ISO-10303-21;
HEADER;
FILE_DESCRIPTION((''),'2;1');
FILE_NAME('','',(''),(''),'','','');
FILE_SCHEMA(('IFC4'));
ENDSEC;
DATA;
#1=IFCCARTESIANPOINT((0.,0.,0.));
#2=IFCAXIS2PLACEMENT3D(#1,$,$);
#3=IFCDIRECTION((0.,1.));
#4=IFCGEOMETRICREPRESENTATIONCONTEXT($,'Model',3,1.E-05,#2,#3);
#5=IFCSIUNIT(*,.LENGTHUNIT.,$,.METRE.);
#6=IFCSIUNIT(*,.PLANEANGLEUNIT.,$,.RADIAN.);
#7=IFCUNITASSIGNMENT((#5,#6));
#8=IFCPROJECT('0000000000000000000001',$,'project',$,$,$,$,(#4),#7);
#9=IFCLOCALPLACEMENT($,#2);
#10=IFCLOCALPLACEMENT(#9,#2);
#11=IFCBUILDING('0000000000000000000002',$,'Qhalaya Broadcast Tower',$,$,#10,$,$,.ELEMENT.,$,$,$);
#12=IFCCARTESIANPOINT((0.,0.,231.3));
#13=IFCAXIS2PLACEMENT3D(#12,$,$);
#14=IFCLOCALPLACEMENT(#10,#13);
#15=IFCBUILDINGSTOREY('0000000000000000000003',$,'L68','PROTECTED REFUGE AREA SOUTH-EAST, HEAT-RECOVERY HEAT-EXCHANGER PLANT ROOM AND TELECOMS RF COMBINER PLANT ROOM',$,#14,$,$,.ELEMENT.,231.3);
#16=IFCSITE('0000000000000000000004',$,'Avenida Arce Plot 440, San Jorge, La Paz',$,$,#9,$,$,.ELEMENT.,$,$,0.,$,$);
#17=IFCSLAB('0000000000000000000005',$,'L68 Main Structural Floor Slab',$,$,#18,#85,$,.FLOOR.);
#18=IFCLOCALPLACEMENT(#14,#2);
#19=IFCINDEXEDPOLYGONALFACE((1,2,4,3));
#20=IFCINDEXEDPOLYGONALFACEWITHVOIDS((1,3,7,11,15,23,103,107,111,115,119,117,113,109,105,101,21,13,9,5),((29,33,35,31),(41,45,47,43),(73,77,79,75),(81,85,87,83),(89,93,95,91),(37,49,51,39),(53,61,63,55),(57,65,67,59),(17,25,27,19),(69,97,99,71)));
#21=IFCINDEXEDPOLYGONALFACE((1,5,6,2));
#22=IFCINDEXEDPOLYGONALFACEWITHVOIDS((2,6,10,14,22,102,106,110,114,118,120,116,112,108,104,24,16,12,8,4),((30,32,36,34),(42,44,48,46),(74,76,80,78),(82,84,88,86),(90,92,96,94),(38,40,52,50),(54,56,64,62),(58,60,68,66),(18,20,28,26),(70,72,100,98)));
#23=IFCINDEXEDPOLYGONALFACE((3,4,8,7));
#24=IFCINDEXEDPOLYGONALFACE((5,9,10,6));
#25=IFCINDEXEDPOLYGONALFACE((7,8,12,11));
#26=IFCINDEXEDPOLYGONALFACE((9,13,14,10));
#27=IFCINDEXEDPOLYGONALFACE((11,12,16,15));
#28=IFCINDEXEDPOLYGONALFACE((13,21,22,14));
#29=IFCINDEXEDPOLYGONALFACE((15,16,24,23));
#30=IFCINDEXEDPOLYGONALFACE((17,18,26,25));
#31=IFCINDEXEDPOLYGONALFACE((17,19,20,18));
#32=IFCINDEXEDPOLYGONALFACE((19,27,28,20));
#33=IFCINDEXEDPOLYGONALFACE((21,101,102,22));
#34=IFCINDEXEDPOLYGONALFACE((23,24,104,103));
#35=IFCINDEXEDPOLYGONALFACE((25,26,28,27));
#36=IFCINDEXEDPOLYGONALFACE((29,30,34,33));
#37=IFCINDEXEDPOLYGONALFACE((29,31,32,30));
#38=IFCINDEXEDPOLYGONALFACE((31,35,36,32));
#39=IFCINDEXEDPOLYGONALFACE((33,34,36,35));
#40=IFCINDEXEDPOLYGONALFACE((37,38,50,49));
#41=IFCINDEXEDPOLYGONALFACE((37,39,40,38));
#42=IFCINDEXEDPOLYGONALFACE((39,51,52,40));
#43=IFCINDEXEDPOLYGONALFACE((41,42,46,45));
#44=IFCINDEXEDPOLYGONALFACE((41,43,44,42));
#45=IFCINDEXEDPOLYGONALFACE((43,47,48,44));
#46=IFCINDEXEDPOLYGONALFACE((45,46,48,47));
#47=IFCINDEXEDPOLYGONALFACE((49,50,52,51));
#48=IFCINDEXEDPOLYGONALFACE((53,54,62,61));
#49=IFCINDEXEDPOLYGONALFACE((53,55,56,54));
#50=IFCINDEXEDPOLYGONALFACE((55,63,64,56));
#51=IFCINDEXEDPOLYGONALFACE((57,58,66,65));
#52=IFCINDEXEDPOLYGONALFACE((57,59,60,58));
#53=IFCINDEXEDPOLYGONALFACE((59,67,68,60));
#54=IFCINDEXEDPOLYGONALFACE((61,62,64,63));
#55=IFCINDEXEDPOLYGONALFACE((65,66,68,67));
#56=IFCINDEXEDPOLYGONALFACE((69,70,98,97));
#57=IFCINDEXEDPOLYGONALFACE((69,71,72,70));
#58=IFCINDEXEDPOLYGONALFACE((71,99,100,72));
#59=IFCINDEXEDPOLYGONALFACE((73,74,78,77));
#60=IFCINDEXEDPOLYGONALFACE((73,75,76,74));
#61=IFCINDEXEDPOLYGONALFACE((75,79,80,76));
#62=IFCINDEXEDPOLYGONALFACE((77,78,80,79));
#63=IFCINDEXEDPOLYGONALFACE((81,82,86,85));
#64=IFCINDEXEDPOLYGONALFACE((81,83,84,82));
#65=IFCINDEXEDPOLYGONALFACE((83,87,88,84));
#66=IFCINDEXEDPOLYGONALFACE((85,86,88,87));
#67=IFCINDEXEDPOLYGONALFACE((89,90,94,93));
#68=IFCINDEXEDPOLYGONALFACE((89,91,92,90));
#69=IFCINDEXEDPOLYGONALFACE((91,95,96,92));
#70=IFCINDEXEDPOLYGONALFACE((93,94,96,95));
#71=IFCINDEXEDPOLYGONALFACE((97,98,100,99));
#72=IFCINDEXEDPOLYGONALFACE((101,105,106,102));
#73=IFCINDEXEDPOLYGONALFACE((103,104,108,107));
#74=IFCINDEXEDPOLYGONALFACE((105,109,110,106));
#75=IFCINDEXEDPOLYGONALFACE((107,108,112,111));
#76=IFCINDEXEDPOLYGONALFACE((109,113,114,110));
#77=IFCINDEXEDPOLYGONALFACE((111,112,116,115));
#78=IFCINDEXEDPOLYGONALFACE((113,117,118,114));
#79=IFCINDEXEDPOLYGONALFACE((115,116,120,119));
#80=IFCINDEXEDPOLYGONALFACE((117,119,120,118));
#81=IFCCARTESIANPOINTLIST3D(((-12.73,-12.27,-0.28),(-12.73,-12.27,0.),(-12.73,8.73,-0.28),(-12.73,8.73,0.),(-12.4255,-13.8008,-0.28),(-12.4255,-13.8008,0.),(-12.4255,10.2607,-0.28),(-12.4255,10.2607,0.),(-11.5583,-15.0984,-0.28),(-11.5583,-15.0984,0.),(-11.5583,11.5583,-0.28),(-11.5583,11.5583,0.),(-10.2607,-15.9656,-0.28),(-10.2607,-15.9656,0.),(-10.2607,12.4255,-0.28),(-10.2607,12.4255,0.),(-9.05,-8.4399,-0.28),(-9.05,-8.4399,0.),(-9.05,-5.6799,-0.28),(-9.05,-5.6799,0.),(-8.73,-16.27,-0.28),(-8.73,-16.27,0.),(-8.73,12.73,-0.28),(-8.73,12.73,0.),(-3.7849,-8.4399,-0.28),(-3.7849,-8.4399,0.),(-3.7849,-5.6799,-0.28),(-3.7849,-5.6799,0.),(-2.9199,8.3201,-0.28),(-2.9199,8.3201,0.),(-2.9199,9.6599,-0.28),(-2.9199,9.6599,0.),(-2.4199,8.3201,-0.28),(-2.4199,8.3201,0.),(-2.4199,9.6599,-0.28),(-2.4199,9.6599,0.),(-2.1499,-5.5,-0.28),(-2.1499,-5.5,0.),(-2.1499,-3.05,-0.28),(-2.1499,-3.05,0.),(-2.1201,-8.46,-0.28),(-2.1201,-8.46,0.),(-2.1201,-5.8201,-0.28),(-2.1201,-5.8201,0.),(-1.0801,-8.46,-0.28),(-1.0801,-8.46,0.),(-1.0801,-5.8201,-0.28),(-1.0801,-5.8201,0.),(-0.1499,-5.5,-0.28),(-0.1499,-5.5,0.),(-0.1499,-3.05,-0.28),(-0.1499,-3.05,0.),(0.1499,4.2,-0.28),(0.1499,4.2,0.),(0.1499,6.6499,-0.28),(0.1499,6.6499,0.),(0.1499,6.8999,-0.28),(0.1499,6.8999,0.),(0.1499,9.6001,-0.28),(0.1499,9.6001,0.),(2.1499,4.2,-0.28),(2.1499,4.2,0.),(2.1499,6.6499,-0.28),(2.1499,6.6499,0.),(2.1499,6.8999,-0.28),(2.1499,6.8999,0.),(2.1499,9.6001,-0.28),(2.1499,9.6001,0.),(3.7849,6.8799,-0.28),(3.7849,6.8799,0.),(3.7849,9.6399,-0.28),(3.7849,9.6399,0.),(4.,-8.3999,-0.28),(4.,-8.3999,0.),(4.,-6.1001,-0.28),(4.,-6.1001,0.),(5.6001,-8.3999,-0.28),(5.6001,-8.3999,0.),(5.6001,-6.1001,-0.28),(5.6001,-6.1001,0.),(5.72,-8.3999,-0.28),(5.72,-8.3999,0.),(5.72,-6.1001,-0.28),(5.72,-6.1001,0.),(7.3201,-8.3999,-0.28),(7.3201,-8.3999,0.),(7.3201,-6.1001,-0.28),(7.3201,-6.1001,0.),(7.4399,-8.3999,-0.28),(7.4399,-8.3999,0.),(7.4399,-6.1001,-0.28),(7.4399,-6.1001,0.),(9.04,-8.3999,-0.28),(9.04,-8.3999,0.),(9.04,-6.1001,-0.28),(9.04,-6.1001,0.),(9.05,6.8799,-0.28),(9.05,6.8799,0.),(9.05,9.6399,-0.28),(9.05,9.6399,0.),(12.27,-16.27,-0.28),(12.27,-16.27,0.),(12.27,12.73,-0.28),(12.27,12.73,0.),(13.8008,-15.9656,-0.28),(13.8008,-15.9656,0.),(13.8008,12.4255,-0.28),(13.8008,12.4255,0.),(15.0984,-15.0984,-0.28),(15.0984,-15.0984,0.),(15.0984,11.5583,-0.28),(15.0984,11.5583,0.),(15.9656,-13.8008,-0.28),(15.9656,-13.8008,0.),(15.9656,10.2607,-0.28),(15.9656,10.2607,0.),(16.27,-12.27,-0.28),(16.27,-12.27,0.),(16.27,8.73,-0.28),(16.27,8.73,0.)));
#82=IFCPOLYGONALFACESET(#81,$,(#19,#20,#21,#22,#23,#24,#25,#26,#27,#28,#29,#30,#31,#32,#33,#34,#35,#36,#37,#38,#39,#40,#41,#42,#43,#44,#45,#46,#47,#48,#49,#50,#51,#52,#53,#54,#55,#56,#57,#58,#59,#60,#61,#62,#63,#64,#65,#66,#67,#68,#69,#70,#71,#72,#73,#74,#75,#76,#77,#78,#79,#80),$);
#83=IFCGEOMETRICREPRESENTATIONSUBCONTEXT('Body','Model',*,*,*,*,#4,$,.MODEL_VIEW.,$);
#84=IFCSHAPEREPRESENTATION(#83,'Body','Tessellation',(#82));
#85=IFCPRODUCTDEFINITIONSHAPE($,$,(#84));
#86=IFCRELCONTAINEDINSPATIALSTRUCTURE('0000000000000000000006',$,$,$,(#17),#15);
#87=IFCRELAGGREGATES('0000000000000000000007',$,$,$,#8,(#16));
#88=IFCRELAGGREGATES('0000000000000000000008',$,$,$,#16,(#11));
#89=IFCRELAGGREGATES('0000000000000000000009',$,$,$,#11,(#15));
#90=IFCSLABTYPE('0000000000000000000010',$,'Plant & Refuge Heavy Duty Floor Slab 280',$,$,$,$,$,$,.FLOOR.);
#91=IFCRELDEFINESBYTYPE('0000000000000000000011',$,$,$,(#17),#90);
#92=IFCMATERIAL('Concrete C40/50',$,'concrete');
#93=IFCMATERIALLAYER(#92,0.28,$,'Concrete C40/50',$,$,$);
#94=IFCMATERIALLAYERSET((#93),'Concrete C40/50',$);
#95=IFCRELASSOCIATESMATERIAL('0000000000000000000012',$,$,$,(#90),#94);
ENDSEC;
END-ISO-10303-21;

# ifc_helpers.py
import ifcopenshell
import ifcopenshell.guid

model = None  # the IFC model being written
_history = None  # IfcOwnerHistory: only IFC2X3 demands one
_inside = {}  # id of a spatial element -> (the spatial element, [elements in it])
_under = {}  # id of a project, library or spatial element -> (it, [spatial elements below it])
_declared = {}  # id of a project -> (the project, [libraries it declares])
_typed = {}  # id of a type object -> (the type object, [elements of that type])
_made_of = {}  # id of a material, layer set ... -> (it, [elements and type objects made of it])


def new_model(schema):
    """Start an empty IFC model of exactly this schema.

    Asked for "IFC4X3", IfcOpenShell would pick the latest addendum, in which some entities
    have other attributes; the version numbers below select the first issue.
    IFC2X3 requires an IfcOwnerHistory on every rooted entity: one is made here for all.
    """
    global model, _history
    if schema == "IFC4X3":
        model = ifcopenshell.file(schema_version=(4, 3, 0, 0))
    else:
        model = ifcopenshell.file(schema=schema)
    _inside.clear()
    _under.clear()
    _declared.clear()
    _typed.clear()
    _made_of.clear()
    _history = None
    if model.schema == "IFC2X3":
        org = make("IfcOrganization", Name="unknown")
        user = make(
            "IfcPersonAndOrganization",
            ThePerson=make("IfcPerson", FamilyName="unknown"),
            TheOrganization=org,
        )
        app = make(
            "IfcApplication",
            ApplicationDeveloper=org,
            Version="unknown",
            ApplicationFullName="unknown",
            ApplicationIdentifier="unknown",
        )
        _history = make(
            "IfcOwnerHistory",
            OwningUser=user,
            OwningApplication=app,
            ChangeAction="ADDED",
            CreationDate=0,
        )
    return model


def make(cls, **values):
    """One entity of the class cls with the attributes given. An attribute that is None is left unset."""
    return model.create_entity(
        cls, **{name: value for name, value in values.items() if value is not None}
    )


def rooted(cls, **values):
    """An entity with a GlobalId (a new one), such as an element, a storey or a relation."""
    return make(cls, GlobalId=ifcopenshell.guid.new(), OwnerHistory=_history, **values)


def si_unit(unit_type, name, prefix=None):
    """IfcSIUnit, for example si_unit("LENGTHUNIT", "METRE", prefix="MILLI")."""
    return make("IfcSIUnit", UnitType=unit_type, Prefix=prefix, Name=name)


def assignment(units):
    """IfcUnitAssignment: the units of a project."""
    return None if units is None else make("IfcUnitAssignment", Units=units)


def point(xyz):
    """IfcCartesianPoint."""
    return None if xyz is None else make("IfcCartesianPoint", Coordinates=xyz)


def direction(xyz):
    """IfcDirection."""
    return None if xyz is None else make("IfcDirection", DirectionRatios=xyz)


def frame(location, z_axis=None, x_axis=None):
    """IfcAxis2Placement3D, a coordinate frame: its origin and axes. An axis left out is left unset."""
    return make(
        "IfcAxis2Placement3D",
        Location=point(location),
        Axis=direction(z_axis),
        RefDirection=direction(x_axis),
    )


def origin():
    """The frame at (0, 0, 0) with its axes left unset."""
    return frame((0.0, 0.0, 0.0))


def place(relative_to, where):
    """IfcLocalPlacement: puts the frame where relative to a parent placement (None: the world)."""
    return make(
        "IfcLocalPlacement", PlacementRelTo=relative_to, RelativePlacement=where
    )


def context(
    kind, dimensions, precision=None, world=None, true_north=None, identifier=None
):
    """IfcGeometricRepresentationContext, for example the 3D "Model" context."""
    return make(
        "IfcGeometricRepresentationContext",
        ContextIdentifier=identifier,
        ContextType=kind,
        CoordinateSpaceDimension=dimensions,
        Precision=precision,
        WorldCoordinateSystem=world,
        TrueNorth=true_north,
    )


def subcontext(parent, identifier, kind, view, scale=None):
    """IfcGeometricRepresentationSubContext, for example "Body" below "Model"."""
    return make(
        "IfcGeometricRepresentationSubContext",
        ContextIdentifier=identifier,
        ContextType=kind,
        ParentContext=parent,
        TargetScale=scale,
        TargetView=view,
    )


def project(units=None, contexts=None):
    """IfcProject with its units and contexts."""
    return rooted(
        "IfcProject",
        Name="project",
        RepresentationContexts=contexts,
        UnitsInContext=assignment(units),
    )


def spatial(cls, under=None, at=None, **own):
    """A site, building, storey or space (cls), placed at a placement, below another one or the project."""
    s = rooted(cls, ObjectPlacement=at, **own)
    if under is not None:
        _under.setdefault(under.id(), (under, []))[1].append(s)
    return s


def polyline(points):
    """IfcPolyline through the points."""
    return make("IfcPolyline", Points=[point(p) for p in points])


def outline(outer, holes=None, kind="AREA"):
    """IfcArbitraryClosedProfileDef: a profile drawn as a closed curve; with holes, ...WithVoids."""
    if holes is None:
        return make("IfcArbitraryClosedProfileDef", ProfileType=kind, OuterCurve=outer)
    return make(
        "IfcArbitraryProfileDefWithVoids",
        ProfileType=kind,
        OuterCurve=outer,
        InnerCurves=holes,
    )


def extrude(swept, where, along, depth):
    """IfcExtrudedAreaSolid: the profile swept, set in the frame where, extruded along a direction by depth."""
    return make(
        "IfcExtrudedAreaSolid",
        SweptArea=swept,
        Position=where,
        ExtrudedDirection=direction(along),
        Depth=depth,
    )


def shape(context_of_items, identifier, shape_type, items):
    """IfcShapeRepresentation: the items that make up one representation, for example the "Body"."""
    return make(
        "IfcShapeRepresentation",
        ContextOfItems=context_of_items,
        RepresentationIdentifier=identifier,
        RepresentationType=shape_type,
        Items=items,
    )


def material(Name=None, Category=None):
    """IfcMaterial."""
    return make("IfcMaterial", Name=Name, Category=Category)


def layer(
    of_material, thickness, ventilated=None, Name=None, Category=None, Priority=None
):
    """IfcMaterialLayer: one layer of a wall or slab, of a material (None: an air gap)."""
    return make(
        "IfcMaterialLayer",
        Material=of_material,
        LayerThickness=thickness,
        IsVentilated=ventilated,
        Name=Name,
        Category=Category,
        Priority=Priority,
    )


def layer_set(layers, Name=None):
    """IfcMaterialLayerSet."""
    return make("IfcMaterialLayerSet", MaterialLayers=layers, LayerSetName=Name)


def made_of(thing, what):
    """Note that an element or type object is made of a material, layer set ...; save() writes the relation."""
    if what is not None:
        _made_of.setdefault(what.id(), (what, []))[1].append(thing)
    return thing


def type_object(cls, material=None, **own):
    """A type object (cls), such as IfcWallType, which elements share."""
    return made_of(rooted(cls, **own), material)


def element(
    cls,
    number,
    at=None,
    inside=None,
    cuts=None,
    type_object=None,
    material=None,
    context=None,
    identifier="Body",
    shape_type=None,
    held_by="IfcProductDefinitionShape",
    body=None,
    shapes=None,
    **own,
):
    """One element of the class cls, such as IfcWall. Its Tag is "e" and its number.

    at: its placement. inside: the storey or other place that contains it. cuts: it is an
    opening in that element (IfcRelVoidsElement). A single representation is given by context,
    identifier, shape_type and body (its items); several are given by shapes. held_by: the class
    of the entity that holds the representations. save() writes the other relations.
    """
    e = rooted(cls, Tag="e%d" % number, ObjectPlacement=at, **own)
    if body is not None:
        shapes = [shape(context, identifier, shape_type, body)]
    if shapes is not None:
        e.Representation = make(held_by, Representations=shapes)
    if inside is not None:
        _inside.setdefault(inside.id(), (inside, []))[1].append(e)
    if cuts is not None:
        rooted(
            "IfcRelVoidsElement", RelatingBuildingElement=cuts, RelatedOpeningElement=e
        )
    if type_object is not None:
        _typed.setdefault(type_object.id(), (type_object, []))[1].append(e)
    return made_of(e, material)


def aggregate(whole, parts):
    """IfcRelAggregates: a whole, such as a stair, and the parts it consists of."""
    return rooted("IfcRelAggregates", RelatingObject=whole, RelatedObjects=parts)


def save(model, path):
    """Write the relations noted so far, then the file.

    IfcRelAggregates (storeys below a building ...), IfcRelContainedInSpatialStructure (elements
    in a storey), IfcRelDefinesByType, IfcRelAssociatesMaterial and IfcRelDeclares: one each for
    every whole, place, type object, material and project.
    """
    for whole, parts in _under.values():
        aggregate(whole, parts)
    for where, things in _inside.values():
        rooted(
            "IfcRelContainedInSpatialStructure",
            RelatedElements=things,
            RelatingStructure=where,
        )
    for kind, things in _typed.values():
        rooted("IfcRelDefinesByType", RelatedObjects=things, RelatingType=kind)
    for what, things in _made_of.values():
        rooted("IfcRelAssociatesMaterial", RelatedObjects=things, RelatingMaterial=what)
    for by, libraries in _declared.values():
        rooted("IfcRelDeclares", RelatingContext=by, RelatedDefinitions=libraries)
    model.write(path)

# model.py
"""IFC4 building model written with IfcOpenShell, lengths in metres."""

from ifc_helpers import new_model, si_unit, direction, frame, origin, place, context, subcontext, project, spatial, polyline, outline, extrude, material, layer, layer_set, type_object, element, save


model = new_model("IFC4")

# Units and contexts
model_context = context("Model", 3, precision=1e-05, world=origin(), true_north=direction((0.0, 1.0)))
body_context = subcontext(model_context, "Body", "Model", "MODEL_VIEW")
ifc_project = project(units=[si_unit("LENGTHUNIT", "METRE"), si_unit("PLANEANGLEUNIT", "RADIAN")], contexts=[model_context])

# Site, building, storey
site_placement = place(None, origin())
site = spatial("IfcSite", under=ifc_project, at=site_placement, Name="Avenida Arce Plot 440, San Jorge, La Paz", CompositionType="ELEMENT", RefElevation=0.0)
building_placement = place(site_placement, origin())
building = spatial("IfcBuilding", under=site, at=building_placement, Name="Qhalaya Broadcast Tower", CompositionType="ELEMENT")
storey_placement = place(building_placement, frame((0.0, 0.0, 231.3)))
storey = spatial("IfcBuildingStorey", under=building, at=storey_placement, Name="L68", Description="PROTECTED REFUGE AREA SOUTH-EAST, HEAT-RECOVERY HEAT-EXCHANGER PLANT ROOM AND TELECOMS RF COMBINER PLANT ROOM", CompositionType="ELEMENT", Elevation=231.3)

# Slab
ifc_material_1 = material(Name="Concrete C40/50", Category="concrete")
ifc_layer_1 = layer(ifc_material_1, 0.28, Name="Concrete C40/50")
ifc_layer_set_1 = layer_set([ifc_layer_1], Name="Concrete C40/50")
slab_type_1 = type_object("IfcSlabType", Name="Plant & Refuge Heavy Duty Floor Slab 280", PredefinedType="FLOOR", material=ifc_layer_set_1)
slab_1_placement = place(storey_placement, frame((0.0, 0.0, -0.28)))
element("IfcSlab", 1, at=slab_1_placement, inside=storey, type_object=slab_type_1, Name="L68 Main Structural Floor Slab", PredefinedType="FLOOR", context=body_context, shape_type="SweptSolid", body=[
    extrude(outline(polyline([(12.27, -16.27), (13.8008, -15.9656), (15.0984, -15.0984), (15.9656, -13.8008), (16.27, -12.27), (16.27, 8.73), (15.9656, 10.2607), (15.0984, 11.5583), (13.8008, 12.4255), (12.27, 12.73), (-8.73, 12.73), (-10.2607, 12.4255), (-11.5583, 11.5583), (-12.4255, 10.2607), (-12.73, 8.73), (-12.73, -12.27), (-12.4255, -13.8008), (-11.5583, -15.0984), (-10.2607, -15.9656), (-8.73, -16.27), (12.27, -16.27)]), holes=[polyline([(3.7849, 9.6399), (9.05, 9.6399), (9.05, 6.8799), (3.7849, 6.8799), (3.7849, 9.6399)]), polyline([(-3.7849, -8.4399), (-9.05, -8.4399), (-9.05, -5.6799), (-3.7849, -5.6799), (-3.7849, -8.4399)]), polyline([(0.1499, 6.6499), (2.1499, 6.6499), (2.1499, 4.2), (0.1499, 4.2), (0.1499, 6.6499)]), polyline([(0.1499, 9.6001), (2.1499, 9.6001), (2.1499, 6.8999), (0.1499, 6.8999), (0.1499, 9.6001)]), polyline([(-2.1499, -3.05), (-0.1499, -3.05), (-0.1499, -5.5), (-2.1499, -5.5), (-2.1499, -3.05)]), polyline([(4.0, -6.1001), (5.6001, -6.1001), (5.6001, -8.3999), (4.0, -8.3999), (4.0, -6.1001)]), polyline([(5.72, -6.1001), (7.3201, -6.1001), (7.3201, -8.3999), (5.72, -8.3999), (5.72, -6.1001)]), polyline([(7.4399, -6.1001), (9.04, -6.1001), (9.04, -8.3999), (7.4399, -8.3999), (7.4399, -6.1001)]), polyline([(-2.9199, 9.6599), (-2.4199, 9.6599), (-2.4199, 8.3201), (-2.9199, 8.3201), (-2.9199, 9.6599)]), polyline([(-2.1201, -5.8201), (-1.0801, -5.8201), (-1.0801, -8.46), (-2.1201, -8.46), (-2.1201, -5.8201)])]), origin(), (0.0, 0.0, 1.0), 0.28),
])

save(model, "model.ifc")
